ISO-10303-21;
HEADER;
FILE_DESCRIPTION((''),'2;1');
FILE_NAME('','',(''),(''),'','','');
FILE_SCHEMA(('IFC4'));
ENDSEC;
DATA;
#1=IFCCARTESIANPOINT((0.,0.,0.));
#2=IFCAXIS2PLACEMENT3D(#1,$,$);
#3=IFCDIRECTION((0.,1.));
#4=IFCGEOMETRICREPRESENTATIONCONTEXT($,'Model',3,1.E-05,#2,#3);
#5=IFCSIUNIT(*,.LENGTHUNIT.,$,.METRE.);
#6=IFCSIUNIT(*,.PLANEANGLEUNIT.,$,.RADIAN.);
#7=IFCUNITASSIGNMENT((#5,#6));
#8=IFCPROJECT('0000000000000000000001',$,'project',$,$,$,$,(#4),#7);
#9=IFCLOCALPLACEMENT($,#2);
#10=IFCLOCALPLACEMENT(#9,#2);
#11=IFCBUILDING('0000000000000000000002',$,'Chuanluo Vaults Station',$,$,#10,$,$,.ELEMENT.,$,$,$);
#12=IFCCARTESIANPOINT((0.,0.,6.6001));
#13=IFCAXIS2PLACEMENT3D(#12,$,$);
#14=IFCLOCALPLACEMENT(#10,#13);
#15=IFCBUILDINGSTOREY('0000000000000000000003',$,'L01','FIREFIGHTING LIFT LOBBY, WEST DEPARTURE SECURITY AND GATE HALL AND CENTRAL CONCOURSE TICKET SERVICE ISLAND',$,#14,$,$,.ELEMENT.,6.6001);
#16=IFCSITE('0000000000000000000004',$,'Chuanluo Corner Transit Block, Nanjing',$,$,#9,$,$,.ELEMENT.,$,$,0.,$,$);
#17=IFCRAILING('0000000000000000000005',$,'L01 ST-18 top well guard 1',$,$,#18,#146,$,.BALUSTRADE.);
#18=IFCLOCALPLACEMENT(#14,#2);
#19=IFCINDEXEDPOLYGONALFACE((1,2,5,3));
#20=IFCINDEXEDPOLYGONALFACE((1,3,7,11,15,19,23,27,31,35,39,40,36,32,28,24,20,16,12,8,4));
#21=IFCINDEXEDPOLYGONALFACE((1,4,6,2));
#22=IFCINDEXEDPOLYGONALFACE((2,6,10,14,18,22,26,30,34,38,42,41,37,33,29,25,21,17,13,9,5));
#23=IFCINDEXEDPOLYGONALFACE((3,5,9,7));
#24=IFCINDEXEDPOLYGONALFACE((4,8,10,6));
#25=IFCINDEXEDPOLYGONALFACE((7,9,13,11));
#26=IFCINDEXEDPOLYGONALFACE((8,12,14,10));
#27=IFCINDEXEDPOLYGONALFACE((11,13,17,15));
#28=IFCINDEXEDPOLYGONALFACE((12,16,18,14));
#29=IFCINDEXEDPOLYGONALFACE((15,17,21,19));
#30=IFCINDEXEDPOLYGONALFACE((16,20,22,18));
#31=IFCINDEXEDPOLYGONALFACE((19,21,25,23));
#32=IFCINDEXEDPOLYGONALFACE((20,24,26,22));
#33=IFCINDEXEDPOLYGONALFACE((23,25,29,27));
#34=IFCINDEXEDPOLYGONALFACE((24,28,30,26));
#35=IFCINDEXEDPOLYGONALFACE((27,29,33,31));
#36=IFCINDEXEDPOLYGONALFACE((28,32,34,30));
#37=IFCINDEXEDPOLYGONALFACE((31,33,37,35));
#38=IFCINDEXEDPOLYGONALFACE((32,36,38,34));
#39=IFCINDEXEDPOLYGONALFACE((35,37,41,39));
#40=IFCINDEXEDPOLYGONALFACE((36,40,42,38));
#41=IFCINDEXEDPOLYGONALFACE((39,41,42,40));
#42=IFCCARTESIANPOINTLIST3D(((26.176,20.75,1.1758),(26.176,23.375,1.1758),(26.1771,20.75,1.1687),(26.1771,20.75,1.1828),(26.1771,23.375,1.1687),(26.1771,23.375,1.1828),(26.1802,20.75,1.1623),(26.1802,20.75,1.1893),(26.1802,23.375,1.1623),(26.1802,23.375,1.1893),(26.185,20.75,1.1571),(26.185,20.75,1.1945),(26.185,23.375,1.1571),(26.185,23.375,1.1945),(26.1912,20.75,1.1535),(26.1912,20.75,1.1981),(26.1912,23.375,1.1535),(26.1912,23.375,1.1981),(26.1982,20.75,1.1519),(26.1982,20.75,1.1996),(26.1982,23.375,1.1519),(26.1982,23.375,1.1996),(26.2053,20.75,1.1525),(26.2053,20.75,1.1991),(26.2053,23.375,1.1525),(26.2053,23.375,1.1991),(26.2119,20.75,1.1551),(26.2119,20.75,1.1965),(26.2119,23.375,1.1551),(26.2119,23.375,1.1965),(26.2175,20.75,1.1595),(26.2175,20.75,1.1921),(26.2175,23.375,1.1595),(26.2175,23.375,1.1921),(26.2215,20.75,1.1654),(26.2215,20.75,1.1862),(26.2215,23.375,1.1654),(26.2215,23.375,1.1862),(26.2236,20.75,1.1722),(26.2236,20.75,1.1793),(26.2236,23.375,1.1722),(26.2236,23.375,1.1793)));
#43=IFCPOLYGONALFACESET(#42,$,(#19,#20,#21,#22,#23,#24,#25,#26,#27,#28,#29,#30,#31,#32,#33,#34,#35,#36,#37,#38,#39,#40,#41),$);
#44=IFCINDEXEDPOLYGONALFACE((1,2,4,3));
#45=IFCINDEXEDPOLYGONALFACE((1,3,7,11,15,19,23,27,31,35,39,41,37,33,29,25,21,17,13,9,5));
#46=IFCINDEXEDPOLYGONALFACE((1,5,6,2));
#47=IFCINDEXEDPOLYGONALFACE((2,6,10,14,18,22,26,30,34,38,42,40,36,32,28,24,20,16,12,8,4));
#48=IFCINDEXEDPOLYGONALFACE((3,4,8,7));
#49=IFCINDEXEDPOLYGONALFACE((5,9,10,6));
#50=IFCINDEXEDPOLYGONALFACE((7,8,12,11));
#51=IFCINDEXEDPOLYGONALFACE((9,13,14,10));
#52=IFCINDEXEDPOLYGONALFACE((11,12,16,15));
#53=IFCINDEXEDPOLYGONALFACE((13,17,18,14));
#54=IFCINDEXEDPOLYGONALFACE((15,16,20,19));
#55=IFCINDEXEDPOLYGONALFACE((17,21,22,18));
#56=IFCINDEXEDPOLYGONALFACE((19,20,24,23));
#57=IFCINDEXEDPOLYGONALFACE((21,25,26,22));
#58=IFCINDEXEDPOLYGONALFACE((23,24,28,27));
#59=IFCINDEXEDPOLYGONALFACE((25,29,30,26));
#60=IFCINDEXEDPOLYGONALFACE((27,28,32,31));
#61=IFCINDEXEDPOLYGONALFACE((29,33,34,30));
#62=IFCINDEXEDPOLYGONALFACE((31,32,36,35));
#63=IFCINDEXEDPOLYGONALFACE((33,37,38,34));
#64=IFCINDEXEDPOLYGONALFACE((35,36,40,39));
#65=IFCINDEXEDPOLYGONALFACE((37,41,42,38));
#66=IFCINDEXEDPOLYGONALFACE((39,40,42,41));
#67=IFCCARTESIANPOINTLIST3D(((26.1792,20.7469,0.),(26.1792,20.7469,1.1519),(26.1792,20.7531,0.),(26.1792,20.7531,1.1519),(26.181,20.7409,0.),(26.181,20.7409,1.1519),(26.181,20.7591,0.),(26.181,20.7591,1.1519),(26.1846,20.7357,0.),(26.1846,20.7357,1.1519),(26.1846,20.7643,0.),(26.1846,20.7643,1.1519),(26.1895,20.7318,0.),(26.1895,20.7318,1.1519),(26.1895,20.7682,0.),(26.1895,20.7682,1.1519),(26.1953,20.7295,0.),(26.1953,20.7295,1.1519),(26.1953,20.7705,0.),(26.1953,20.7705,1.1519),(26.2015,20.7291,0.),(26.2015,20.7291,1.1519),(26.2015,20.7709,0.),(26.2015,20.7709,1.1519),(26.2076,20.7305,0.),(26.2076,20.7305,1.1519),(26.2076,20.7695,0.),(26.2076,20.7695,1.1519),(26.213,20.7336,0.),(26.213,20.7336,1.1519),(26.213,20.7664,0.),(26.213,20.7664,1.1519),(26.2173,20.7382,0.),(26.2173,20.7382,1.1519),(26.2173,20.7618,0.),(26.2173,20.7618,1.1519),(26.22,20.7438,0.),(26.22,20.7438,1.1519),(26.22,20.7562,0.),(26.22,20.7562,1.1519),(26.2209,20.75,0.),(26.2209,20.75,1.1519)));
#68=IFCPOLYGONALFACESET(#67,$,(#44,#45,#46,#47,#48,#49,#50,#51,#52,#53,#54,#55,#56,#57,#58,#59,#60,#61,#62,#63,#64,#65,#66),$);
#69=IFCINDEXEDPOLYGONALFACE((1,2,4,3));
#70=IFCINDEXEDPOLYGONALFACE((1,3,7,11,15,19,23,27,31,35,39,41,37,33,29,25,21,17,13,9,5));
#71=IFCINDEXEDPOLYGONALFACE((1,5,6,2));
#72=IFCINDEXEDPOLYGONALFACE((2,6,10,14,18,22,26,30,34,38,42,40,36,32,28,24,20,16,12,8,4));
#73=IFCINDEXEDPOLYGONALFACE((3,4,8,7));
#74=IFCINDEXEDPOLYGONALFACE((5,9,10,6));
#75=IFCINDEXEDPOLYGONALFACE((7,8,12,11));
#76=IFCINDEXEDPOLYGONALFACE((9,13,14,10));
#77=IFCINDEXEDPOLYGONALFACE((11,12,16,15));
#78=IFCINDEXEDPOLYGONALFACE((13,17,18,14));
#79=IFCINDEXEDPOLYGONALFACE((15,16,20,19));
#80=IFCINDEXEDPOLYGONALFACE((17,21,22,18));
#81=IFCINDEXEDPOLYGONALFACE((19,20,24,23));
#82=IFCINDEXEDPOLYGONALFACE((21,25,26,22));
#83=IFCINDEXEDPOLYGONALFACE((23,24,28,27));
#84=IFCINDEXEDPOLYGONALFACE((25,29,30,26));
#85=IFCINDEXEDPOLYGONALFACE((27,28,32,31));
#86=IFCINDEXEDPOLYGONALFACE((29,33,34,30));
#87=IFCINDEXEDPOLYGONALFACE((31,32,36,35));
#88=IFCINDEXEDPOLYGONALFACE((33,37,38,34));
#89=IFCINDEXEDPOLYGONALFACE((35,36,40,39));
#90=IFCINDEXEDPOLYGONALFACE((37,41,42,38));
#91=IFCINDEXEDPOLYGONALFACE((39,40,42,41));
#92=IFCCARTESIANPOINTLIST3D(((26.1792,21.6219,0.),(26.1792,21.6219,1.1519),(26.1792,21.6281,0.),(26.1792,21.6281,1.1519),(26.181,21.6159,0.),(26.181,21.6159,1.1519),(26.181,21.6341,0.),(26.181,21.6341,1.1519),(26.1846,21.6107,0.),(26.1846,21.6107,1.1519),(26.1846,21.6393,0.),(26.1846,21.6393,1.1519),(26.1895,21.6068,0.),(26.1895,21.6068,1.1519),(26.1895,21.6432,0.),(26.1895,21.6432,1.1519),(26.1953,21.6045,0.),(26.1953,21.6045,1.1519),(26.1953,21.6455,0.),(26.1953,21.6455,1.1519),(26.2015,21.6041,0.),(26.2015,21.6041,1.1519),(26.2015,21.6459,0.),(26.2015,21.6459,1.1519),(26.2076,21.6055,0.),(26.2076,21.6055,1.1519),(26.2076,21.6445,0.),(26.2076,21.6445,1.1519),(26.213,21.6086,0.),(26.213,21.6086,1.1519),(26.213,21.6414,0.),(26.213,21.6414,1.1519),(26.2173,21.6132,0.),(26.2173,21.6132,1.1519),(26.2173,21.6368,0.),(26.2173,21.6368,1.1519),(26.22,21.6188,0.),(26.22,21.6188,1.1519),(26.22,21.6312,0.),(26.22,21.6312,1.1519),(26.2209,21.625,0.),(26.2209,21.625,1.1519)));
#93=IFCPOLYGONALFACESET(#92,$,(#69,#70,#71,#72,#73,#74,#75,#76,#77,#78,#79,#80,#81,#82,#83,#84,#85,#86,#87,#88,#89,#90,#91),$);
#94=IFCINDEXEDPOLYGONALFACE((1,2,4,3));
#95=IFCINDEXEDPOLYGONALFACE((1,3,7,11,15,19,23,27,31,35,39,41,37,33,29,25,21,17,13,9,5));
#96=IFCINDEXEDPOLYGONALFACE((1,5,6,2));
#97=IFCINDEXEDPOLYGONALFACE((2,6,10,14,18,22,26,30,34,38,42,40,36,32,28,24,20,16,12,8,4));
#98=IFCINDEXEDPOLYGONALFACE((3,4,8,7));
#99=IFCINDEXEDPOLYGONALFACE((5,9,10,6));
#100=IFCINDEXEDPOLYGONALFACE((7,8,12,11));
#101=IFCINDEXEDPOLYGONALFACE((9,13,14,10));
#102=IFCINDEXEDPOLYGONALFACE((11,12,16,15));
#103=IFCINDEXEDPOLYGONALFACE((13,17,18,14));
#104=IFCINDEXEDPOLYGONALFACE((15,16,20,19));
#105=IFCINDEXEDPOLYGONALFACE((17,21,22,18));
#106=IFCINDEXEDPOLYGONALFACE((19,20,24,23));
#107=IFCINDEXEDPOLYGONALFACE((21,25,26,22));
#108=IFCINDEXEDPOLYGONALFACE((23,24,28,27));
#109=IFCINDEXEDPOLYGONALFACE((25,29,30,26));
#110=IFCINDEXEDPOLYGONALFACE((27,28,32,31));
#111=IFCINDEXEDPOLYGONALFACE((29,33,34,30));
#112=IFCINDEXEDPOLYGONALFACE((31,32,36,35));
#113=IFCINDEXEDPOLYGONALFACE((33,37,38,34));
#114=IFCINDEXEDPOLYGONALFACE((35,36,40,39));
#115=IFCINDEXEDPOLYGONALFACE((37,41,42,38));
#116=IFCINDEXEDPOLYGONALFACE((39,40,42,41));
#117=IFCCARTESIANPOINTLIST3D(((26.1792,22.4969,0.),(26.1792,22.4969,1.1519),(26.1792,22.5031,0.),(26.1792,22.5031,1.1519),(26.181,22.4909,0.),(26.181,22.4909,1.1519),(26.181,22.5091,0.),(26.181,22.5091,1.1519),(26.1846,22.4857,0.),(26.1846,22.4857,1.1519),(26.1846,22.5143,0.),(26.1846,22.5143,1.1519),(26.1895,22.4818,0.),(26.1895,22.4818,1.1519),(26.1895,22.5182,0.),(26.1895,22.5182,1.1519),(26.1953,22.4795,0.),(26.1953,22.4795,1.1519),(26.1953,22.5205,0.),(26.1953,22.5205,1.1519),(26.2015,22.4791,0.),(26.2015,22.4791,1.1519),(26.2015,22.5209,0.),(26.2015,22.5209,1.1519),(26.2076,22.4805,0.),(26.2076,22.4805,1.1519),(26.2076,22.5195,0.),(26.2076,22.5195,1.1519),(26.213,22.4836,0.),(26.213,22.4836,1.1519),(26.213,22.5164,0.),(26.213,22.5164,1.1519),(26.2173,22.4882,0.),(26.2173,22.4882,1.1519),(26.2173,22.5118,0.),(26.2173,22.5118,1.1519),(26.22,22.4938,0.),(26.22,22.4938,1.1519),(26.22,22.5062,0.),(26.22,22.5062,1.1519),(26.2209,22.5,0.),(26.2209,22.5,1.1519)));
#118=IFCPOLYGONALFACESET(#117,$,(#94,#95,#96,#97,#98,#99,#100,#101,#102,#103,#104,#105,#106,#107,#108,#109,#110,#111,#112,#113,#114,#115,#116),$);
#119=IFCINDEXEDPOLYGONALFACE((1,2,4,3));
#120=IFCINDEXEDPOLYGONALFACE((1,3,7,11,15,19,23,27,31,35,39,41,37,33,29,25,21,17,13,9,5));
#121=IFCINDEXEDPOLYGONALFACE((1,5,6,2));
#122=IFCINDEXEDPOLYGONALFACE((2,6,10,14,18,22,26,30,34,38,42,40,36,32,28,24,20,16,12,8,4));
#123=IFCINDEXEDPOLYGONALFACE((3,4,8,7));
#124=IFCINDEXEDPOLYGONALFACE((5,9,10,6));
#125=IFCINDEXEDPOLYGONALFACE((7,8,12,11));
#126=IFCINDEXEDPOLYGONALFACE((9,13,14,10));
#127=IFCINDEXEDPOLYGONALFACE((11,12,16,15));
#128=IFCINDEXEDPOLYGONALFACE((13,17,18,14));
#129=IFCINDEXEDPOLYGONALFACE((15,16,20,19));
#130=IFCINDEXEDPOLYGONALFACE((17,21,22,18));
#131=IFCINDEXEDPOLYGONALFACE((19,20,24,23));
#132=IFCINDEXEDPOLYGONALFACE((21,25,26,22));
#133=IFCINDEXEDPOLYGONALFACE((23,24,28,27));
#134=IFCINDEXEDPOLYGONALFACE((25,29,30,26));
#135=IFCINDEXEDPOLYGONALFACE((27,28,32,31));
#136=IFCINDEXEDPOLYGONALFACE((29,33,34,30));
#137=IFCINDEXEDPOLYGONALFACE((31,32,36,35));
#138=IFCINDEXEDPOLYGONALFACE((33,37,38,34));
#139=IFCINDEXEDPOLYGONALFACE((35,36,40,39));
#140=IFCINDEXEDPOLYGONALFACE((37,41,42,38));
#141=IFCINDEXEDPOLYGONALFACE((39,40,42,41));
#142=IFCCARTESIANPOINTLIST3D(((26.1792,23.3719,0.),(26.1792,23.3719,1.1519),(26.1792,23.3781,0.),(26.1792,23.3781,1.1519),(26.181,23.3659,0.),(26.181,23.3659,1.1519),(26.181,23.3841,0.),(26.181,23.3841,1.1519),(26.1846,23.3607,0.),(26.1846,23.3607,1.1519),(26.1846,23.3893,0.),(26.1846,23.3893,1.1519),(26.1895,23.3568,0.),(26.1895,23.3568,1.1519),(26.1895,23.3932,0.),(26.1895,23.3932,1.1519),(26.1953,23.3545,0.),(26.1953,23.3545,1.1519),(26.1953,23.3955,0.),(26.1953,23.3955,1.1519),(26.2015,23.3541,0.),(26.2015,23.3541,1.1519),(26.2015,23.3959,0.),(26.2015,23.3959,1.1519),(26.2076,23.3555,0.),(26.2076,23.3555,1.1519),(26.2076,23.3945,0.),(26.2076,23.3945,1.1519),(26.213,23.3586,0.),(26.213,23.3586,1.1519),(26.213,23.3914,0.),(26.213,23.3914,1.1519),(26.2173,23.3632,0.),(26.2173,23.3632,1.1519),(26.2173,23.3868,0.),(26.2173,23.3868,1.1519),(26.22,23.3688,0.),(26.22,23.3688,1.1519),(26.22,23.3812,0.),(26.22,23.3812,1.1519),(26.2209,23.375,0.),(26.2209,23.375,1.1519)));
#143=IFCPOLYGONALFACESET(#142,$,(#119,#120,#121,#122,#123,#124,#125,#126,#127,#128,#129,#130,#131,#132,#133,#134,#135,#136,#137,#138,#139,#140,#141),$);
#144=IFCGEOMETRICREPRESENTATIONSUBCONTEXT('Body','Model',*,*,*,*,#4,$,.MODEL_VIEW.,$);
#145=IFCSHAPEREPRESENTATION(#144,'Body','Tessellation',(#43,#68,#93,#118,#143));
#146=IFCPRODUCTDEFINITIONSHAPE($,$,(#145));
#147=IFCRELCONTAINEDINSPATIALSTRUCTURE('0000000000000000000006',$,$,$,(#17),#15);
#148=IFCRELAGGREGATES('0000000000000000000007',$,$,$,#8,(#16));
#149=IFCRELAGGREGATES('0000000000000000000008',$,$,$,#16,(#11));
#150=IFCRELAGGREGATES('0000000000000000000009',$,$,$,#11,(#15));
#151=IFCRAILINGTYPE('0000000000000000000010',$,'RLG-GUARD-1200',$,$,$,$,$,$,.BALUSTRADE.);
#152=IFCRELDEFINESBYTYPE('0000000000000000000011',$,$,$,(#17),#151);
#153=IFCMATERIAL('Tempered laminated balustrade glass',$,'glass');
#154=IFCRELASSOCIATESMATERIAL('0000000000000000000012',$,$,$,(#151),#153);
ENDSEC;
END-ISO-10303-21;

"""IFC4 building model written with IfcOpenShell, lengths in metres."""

from ifc_helpers import new_model, si_unit, direction, frame, origin, origin_2d, place, context, subcontext, project, spatial, circle, extrude, material, type_object, element, save


model = new_model("IFC4")

# Units and contexts
model_context = context("Model", 3, precision=1e-05, world=origin(), true_north=direction((0.0, 1.0)))
body_context = subcontext(model_context, "Body", "Model", "MODEL_VIEW")
ifc_project = project(units=[si_unit("LENGTHUNIT", "METRE"), si_unit("PLANEANGLEUNIT", "RADIAN")], contexts=[model_context])

# Site, building, storey
site_placement = place(None, origin())
site = spatial("IfcSite", under=ifc_project, at=site_placement, Name="Chuanluo Corner Transit Block, Nanjing", CompositionType="ELEMENT", RefElevation=0.0)
building_placement = place(site_placement, origin())
building = spatial("IfcBuilding", under=site, at=building_placement, Name="Chuanluo Vaults Station", CompositionType="ELEMENT")
storey_placement = place(building_placement, frame((0.0, 0.0, 6.6001)))
storey = spatial("IfcBuildingStorey", under=building, at=storey_placement, Name="L01", Description="FIREFIGHTING LIFT LOBBY, WEST DEPARTURE SECURITY AND GATE HALL AND CENTRAL CONCOURSE TICKET SERVICE ISLAND", CompositionType="ELEMENT", Elevation=6.6001)

# Railing
ifc_material_1 = material(Name="Tempered laminated balustrade glass", Category="glass")
railing_type_1 = type_object("IfcRailingType", Name="RLG-GUARD-1200", PredefinedType="BALUSTRADE", material=ifc_material_1)
railing_1_placement = place(storey_placement, frame((26.2, 20.75, 0.0)))
element("IfcRailing", 1, at=railing_1_placement, inside=storey, type_object=railing_type_1, Name="L01 ST-18 top well guard 1", PredefinedType="BALUSTRADE", context=body_context, shape_type="SweptSolid", body=[
    extrude(circle(Radius=0.0239, at=origin_2d()), frame((0.0, 0.0, 1.1758), z_axis=(0.0, 1.0, 0.0), x_axis=(-1.0, 0.0, 0.0)), (0.0, 0.0, 1.0), 2.625),
    extrude(circle(Radius=0.021, at=origin_2d()), origin(), (0.0, 0.0, 1.0), 1.1519),
    extrude(circle(Radius=0.021, at=origin_2d()), frame((0.0, 0.875, 0.0)), (0.0, 0.0, 1.0), 1.1519),
    extrude(circle(Radius=0.021, at=origin_2d()), frame((0.0, 1.75, 0.0)), (0.0, 0.0, 1.0), 1.1519),
    extrude(circle(Radius=0.021, at=origin_2d()), frame((0.0, 2.625, 0.0)), (0.0, 0.0, 1.0), 1.1519),
])

save(model, "model.ifc")
